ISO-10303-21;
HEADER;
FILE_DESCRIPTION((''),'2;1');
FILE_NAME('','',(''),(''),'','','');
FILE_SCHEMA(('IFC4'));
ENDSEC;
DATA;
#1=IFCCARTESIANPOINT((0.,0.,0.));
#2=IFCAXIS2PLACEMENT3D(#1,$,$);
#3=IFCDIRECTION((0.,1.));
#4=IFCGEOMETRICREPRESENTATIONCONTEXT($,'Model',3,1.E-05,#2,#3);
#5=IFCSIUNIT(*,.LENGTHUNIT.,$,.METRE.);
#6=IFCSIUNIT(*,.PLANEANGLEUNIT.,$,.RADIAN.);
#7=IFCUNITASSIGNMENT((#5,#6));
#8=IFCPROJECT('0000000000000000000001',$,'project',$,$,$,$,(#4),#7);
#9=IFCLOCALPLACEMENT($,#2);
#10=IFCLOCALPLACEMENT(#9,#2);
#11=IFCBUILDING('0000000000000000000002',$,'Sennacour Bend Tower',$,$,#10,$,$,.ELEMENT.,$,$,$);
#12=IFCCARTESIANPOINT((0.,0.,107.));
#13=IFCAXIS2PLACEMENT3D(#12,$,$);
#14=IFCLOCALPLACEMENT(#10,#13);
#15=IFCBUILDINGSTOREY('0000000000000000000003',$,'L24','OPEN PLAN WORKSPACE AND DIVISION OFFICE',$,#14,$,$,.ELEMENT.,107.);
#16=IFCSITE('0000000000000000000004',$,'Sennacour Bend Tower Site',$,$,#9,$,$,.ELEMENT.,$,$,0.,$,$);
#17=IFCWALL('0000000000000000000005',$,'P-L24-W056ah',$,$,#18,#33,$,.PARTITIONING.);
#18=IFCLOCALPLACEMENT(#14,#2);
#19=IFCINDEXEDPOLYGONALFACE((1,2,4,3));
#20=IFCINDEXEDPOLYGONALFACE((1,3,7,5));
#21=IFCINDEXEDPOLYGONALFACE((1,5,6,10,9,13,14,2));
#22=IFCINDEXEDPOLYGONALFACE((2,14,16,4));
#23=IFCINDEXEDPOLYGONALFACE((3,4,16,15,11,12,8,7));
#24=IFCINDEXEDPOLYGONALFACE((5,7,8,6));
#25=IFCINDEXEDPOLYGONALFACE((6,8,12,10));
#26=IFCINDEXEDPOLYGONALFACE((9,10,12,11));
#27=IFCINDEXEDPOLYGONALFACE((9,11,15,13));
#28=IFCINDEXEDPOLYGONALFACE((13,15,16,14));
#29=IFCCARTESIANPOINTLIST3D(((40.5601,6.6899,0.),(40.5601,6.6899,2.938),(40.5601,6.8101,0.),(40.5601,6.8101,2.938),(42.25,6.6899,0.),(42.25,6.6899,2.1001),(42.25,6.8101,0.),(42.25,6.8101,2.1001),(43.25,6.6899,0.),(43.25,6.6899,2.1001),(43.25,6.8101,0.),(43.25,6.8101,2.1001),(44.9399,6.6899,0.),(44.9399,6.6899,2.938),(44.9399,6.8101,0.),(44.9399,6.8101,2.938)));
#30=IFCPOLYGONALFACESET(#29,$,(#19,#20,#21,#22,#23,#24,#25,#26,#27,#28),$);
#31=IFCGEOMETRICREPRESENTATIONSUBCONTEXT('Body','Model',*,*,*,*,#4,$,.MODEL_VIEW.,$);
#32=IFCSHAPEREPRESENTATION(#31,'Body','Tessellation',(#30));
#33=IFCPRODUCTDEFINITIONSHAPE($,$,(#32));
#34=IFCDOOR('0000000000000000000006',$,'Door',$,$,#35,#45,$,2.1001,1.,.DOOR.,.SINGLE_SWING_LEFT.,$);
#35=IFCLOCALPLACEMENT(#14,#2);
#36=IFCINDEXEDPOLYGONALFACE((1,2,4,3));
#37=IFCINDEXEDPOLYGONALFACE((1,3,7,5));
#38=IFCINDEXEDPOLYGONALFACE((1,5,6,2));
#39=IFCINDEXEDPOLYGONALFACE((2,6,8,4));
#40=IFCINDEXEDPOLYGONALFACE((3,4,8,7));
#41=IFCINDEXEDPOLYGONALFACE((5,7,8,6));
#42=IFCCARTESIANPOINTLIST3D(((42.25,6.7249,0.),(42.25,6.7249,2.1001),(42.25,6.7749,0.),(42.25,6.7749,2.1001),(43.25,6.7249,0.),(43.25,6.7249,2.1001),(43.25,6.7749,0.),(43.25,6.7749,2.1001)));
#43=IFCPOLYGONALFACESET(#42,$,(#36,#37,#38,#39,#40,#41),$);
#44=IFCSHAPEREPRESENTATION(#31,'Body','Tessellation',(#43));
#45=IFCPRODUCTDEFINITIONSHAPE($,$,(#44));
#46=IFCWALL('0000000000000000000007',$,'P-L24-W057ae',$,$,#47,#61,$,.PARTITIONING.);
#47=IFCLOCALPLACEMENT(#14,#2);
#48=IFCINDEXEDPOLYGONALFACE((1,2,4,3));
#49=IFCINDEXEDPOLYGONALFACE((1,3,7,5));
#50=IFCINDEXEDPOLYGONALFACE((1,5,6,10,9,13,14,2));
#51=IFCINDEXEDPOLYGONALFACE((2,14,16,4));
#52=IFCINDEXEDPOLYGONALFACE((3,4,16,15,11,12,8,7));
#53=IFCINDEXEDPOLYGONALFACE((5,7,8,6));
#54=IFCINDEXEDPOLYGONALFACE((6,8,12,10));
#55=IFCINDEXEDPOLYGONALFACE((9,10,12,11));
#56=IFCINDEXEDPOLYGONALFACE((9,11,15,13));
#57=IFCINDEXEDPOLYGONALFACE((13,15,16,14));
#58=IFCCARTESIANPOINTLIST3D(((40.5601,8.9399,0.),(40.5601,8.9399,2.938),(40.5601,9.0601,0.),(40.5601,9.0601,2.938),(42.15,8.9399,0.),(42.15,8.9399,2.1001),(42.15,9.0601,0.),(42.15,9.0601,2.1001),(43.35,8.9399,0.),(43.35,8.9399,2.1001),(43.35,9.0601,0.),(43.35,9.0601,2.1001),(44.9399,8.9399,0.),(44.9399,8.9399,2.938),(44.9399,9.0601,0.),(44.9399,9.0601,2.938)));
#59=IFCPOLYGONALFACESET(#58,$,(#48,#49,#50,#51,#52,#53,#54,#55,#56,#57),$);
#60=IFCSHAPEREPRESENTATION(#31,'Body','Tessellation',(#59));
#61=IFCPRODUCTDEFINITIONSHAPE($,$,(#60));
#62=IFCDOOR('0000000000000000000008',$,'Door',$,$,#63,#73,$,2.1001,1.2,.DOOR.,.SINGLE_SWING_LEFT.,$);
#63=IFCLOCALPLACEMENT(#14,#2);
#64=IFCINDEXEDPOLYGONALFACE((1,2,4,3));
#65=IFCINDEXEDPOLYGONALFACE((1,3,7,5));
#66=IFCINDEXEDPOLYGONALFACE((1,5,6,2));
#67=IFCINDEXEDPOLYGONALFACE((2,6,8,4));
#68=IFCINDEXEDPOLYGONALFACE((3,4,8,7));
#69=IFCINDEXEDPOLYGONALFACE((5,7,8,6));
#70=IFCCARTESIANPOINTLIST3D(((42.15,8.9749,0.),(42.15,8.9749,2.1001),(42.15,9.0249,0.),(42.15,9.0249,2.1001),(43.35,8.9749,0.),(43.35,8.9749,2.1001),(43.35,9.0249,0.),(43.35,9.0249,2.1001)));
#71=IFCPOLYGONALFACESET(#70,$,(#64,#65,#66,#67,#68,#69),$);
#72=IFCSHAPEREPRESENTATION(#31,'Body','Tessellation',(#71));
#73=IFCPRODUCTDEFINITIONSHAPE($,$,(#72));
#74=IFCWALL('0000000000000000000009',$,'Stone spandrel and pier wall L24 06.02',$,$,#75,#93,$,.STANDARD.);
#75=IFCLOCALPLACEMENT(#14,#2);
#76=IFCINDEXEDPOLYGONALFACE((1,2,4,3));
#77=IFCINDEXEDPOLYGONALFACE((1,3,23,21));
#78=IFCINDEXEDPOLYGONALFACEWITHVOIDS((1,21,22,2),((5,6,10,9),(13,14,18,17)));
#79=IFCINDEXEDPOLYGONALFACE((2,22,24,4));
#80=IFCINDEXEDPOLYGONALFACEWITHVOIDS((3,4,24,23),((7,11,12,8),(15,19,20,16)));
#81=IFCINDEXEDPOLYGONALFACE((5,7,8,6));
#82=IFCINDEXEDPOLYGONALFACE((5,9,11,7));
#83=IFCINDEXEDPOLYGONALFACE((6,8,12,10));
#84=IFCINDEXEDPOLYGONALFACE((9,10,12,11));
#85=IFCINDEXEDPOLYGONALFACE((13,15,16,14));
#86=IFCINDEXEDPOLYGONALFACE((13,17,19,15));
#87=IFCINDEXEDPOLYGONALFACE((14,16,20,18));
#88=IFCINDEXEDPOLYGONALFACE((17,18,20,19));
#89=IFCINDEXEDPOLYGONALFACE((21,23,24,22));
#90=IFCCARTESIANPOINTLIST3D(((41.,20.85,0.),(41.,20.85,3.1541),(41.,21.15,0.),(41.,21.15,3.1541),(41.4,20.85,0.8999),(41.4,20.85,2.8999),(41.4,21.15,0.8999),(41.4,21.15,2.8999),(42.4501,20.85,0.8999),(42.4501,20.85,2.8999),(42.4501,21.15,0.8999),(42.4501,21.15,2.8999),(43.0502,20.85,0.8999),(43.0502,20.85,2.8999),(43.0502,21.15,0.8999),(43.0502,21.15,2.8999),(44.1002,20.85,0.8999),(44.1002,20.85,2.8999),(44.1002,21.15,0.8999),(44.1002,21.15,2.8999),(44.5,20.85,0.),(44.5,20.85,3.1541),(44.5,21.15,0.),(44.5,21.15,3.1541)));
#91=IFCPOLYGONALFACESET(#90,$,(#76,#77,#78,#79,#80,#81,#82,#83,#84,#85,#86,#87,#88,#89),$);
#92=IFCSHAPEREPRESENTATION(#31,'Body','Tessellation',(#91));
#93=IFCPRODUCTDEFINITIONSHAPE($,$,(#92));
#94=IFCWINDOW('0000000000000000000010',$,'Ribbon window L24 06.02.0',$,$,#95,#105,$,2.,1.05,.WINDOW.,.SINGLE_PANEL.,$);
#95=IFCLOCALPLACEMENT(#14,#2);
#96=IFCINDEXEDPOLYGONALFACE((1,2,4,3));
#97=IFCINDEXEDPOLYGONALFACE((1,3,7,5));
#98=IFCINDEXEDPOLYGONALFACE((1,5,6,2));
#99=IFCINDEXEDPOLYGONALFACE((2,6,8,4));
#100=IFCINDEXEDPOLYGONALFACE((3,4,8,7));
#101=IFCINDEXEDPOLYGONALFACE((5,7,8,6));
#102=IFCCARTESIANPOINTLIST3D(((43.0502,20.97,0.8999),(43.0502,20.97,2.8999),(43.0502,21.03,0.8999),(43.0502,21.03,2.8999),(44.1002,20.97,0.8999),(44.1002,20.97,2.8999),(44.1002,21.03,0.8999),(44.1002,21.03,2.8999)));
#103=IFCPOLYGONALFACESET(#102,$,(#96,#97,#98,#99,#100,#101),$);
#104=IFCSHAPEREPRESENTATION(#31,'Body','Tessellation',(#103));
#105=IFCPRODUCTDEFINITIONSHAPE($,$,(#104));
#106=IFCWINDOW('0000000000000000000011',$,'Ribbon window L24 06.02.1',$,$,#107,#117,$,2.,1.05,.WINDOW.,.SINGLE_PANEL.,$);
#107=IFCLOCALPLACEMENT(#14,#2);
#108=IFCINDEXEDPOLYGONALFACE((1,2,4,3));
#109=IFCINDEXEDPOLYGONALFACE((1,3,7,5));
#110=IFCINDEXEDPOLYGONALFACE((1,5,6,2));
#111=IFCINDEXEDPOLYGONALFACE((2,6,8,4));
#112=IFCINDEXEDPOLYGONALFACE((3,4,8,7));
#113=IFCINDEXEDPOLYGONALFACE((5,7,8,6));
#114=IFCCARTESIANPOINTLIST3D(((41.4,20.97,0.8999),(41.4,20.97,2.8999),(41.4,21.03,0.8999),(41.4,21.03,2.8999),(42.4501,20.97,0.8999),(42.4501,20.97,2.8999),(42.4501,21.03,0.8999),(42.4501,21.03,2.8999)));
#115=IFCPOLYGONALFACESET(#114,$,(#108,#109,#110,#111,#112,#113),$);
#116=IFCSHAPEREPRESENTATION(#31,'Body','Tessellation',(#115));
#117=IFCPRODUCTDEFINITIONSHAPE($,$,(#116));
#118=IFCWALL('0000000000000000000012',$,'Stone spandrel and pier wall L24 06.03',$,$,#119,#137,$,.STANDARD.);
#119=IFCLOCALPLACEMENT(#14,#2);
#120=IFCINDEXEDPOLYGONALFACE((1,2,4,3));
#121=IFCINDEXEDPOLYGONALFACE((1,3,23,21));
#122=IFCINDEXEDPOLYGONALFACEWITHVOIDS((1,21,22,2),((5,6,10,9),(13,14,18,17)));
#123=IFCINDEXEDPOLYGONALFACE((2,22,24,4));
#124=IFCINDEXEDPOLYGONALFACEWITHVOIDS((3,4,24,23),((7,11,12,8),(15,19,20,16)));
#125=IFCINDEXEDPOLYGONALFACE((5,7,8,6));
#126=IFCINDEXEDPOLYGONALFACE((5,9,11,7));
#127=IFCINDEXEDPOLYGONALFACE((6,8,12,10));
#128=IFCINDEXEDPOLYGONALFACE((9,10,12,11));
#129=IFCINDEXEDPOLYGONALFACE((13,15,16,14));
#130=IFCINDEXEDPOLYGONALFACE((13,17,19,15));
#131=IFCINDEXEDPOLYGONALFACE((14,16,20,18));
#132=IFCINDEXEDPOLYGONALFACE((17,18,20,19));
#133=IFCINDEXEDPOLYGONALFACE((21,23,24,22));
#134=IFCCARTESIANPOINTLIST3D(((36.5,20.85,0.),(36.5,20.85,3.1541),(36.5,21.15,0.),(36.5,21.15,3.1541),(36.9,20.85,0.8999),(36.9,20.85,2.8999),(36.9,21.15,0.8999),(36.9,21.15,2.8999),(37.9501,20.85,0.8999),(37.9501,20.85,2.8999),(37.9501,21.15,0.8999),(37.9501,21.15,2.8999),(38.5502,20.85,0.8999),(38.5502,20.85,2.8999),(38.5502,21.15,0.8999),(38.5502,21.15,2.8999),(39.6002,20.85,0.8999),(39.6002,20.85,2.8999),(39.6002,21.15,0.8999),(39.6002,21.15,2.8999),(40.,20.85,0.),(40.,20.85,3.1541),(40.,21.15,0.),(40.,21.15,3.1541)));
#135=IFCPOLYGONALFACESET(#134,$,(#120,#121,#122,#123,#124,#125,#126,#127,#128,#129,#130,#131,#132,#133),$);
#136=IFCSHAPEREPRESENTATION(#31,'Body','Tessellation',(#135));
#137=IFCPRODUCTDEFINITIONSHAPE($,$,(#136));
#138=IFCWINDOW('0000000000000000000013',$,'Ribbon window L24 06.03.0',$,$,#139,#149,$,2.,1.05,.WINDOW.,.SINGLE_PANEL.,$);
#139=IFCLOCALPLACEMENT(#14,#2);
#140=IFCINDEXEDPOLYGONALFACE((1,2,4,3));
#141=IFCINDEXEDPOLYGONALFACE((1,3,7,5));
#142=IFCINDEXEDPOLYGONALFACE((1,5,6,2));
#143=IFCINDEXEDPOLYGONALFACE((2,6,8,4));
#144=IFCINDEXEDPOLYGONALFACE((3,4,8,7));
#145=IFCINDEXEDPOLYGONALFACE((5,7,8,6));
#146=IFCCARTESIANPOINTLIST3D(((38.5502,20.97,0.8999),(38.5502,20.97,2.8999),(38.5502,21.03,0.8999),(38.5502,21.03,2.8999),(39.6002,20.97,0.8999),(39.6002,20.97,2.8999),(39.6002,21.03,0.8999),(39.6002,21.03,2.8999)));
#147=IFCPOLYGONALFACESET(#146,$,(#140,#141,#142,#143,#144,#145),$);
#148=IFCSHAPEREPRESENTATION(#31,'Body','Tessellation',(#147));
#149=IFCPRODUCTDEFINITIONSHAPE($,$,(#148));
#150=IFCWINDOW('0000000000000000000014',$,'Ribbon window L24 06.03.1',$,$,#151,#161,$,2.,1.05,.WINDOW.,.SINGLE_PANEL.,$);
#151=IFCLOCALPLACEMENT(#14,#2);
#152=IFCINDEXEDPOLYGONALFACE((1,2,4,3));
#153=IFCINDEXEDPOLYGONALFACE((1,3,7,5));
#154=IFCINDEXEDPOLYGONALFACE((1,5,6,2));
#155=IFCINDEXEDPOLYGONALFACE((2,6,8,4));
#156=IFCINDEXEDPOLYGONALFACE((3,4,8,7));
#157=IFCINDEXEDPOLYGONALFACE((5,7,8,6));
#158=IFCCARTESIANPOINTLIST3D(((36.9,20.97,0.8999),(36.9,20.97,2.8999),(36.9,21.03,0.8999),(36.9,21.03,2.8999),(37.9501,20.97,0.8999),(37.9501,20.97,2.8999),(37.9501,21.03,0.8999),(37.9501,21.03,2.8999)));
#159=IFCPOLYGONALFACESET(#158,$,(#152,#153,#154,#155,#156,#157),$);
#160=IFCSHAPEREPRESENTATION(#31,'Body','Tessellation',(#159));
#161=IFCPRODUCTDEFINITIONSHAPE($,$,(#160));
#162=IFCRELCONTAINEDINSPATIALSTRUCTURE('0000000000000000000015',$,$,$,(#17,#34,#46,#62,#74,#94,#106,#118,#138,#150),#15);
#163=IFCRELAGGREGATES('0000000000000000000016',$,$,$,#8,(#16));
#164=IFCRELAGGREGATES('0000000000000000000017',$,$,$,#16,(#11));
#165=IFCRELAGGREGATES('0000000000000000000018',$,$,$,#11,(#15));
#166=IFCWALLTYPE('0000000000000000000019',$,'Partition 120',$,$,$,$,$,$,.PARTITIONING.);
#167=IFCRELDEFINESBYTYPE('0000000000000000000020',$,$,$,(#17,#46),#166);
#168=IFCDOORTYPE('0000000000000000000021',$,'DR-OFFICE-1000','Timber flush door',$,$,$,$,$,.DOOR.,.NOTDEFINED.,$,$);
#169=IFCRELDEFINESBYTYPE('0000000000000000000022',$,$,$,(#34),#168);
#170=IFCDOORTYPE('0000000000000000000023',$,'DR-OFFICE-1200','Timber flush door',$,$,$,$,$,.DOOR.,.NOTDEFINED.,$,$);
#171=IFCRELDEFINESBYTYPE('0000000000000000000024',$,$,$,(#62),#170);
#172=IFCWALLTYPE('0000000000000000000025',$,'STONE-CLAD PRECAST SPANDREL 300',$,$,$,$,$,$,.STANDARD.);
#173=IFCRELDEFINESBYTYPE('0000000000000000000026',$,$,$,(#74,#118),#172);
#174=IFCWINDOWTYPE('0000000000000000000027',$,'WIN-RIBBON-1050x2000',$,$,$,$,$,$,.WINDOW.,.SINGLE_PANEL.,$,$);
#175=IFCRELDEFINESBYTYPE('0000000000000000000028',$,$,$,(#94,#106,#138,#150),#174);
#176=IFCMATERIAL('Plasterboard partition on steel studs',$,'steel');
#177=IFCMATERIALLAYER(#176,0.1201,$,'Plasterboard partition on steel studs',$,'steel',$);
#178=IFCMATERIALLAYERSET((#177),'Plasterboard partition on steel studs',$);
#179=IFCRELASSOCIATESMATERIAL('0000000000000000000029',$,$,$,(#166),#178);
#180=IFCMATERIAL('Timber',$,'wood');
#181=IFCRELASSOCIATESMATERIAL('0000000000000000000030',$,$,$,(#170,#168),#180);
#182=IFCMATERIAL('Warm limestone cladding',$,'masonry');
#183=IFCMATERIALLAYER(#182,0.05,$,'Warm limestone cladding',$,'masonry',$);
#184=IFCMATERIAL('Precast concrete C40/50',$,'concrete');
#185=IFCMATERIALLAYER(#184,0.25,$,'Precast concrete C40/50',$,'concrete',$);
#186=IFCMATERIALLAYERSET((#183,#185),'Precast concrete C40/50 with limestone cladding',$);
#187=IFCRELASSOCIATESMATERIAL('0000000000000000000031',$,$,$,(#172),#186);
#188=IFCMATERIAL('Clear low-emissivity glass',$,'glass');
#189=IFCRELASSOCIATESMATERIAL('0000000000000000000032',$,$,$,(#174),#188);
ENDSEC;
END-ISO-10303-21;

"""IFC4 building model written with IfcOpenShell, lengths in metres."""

from ifc_helpers import new_model, si_unit, direction, frame, frame_2d, origin, place, context, subcontext, project, spatial, rectangle, extrude, material, layer, layer_set, type_object, element, fill, save


model = new_model("IFC4")

# Units and contexts
model_context = context("Model", 3, precision=1e-05, world=origin(), true_north=direction((0.0, 1.0)))
body_context = subcontext(model_context, "Body", "Model", "MODEL_VIEW")
ifc_project = project(units=[si_unit("LENGTHUNIT", "METRE"), si_unit("PLANEANGLEUNIT", "RADIAN")], contexts=[model_context])

# Site, building, storey
site_placement = place(None, origin())
site = spatial("IfcSite", under=ifc_project, at=site_placement, Name="Sennacour Bend Tower Site", CompositionType="ELEMENT", RefElevation=0.0)
building_placement = place(site_placement, origin())
building = spatial("IfcBuilding", under=site, at=building_placement, Name="Sennacour Bend Tower", CompositionType="ELEMENT")
storey_placement = place(building_placement, frame((0.0, 0.0, 107.0)))
storey = spatial("IfcBuildingStorey", under=building, at=storey_placement, Name="L24", Description="OPEN PLAN WORKSPACE AND DIVISION OFFICE", CompositionType="ELEMENT", Elevation=107.0)

# Shared definitions
ifc_material_1 = material(Name="Plasterboard partition on steel studs", Category="steel")
ifc_layer_1 = layer(ifc_material_1, 0.1201, Name="Plasterboard partition on steel studs", Category="steel")
ifc_layer_set_1 = layer_set([ifc_layer_1], Name="Plasterboard partition on steel studs")
wall_type_1 = type_object("IfcWallType", Name="Partition 120", PredefinedType="PARTITIONING", material=ifc_layer_set_1)

# Walls, openings, doors
ifc_material_2 = material(Name="Timber", Category="wood")
door_type_1 = type_object("IfcDoorType", Name="DR-OFFICE-1200", Description="Timber flush door", OperationType="NOTDEFINED", PredefinedType="DOOR", material=ifc_material_2)
wall_1_placement = place(storey_placement, frame((40.5601, 6.75, 0.0), z_axis=(0.0, 0.0, 1.0), x_axis=(1.0, 0.0, 0.0)))
wall_1 = element("IfcWall", 1, at=wall_1_placement, inside=storey, type_object=wall_type_1, Name="P-L24-W056ah", PredefinedType="PARTITIONING", context=body_context, shape_type="SweptSolid", body=[
    extrude(rectangle(XDim=4.3799, YDim=0.1201, at=frame_2d((2.1899, 0.0))), origin(), (0.0, 0.0, 1.0), 2.938),
])
opening_1_placement = place(wall_1_placement, frame((1.6899, 0.0, 0.0)))
opening_1 = element("IfcOpeningElement", 2, at=opening_1_placement, cuts=wall_1, PredefinedType="OPENING", context=body_context, shape_type="SweptSolid", body=[
    extrude(rectangle(XDim=1.0, YDim=2.1001, at=frame_2d((0.5, 1.05))), frame((0.0, 0.0701, 0.0), z_axis=(0.0, -1.0, 0.0), x_axis=(1.0, 0.0, 0.0)), (0.0, 0.0, 1.0), 0.1401),
])
door_type_2 = type_object("IfcDoorType", Name="DR-OFFICE-1000", Description="Timber flush door", OperationType="NOTDEFINED", PredefinedType="DOOR", material=ifc_material_2)
door_1_placement = place(opening_1_placement, origin())
door_1 = element("IfcDoor", 3, at=door_1_placement, inside=storey, type_object=door_type_2, Name="Door", OperationType="SINGLE_SWING_LEFT", OverallHeight=2.1001, OverallWidth=1.0, PredefinedType="DOOR", context=body_context, shape_type="SweptSolid", body=[
    extrude(rectangle(XDim=1.0, YDim=2.1001, at=frame_2d((0.5, 1.05))), frame((0.0, 0.0249, 0.0), z_axis=(0.0, -1.0, 0.0), x_axis=(1.0, 0.0, 0.0)), (0.0, 0.0, 1.0), 0.05),
])
fill(opening_1, door_1)
wall_2_placement = place(storey_placement, frame((40.5601, 9.0, 0.0), z_axis=(0.0, 0.0, 1.0), x_axis=(1.0, 0.0, 0.0)))
wall_2 = element("IfcWall", 4, at=wall_2_placement, inside=storey, type_object=wall_type_1, Name="P-L24-W057ae", PredefinedType="PARTITIONING", context=body_context, shape_type="SweptSolid", body=[
    extrude(rectangle(XDim=4.3799, YDim=0.1201, at=frame_2d((2.1899, 0.0))), origin(), (0.0, 0.0, 1.0), 2.938),
])
opening_2_placement = place(wall_2_placement, frame((1.5898, 0.0, 0.0)))
opening_2 = element("IfcOpeningElement", 5, at=opening_2_placement, cuts=wall_2, PredefinedType="OPENING", context=body_context, shape_type="SweptSolid", body=[
    extrude(rectangle(XDim=1.2, YDim=2.1001, at=frame_2d((0.6001, 1.05))), frame((0.0, 0.0701, 0.0), z_axis=(0.0, -1.0, 0.0), x_axis=(1.0, 0.0, 0.0)), (0.0, 0.0, 1.0), 0.1401),
])
door_2_placement = place(opening_2_placement, origin())
door_2 = element("IfcDoor", 6, at=door_2_placement, inside=storey, type_object=door_type_1, Name="Door", OperationType="SINGLE_SWING_LEFT", OverallHeight=2.1001, OverallWidth=1.2, PredefinedType="DOOR", context=body_context, shape_type="SweptSolid", body=[
    extrude(rectangle(XDim=1.2, YDim=2.1001, at=frame_2d((0.6001, 1.05))), frame((0.0, 0.0249, 0.0), z_axis=(0.0, -1.0, 0.0), x_axis=(1.0, 0.0, 0.0)), (0.0, 0.0, 1.0), 0.05),
])
fill(opening_2, door_2)

# Walls, openings, windows
ifc_material_3 = material(Name="Warm limestone cladding", Category="masonry")
ifc_layer_2 = layer(ifc_material_3, 0.05, Name="Warm limestone cladding", Category="masonry")
ifc_material_4 = material(Name="Precast concrete C40/50", Category="concrete")
ifc_layer_3 = layer(ifc_material_4, 0.25, Name="Precast concrete C40/50", Category="concrete")
ifc_layer_set_2 = layer_set([ifc_layer_2, ifc_layer_3], Name="Precast concrete C40/50 with limestone cladding")
wall_type_2 = type_object("IfcWallType", Name="STONE-CLAD PRECAST SPANDREL 300", PredefinedType="STANDARD", material=ifc_layer_set_2)
wall_3_placement = place(storey_placement, frame((44.5, 21.0, 0.0), z_axis=(0.0, 0.0, 1.0), x_axis=(-1.0, 0.0, 0.0)))
wall_3 = element("IfcWall", 7, at=wall_3_placement, inside=storey, type_object=wall_type_2, Name="Stone spandrel and pier wall L24 06.02", PredefinedType="STANDARD", context=body_context, shape_type="SweptSolid", body=[
    extrude(rectangle(XDim=3.5, YDim=0.3, at=frame_2d((1.75, 0.0))), origin(), (0.0, 0.0, 1.0), 3.1541),
])
opening_3_placement = place(wall_3_placement, frame((0.3999, 0.0, 0.8999)))
opening_3 = element("IfcOpeningElement", 8, at=opening_3_placement, cuts=wall_3, PredefinedType="OPENING", context=body_context, shape_type="SweptSolid", body=[
    extrude(rectangle(XDim=1.05, YDim=2.0, at=frame_2d((0.5249, 1.0))), frame((0.0, 0.1602, 0.0), z_axis=(0.0, -1.0, 0.0), x_axis=(1.0, 0.0, 0.0)), (0.0, 0.0, 1.0), 0.3201),
])
opening_4_placement = place(wall_3_placement, frame((2.05, 0.0, 0.8999)))
opening_4 = element("IfcOpeningElement", 9, at=opening_4_placement, cuts=wall_3, PredefinedType="OPENING", context=body_context, shape_type="SweptSolid", body=[
    extrude(rectangle(XDim=1.05, YDim=2.0, at=frame_2d((0.5249, 1.0))), frame((0.0, 0.1602, 0.0), z_axis=(0.0, -1.0, 0.0), x_axis=(1.0, 0.0, 0.0)), (0.0, 0.0, 1.0), 0.3201),
])
ifc_material_5 = material(Name="Clear low-emissivity glass", Category="glass")
window_type = type_object("IfcWindowType", Name="WIN-RIBBON-1050x2000", PartitioningType="SINGLE_PANEL", PredefinedType="WINDOW", material=ifc_material_5)
window_1_placement = place(opening_3_placement, origin())
window_1 = element("IfcWindow", 10, at=window_1_placement, inside=storey, type_object=window_type, Name="Ribbon window L24 06.02.0", OverallHeight=2.0, OverallWidth=1.05, PartitioningType="SINGLE_PANEL", PredefinedType="WINDOW", context=body_context, shape_type="SweptSolid", body=[
    extrude(rectangle(XDim=1.05, YDim=2.0, at=frame_2d((0.5249, 1.0))), frame((0.0, 0.03, 0.0), z_axis=(0.0, -1.0, 0.0), x_axis=(1.0, 0.0, 0.0)), (0.0, 0.0, 1.0), 0.0601),
])
fill(opening_3, window_1)
window_2_placement = place(opening_4_placement, origin())
window_2 = element("IfcWindow", 11, at=window_2_placement, inside=storey, type_object=window_type, Name="Ribbon window L24 06.02.1", OverallHeight=2.0, OverallWidth=1.05, PartitioningType="SINGLE_PANEL", PredefinedType="WINDOW", context=body_context, shape_type="SweptSolid", body=[
    extrude(rectangle(XDim=1.05, YDim=2.0, at=frame_2d((0.5249, 1.0))), frame((0.0, 0.03, 0.0), z_axis=(0.0, -1.0, 0.0), x_axis=(1.0, 0.0, 0.0)), (0.0, 0.0, 1.0), 0.0601),
])
fill(opening_4, window_2)
wall_4_placement = place(storey_placement, frame((40.0, 21.0, 0.0), z_axis=(0.0, 0.0, 1.0), x_axis=(-1.0, 0.0, 0.0)))
wall_4 = element("IfcWall", 12, at=wall_4_placement, inside=storey, type_object=wall_type_2, Name="Stone spandrel and pier wall L24 06.03", PredefinedType="STANDARD", context=body_context, shape_type="SweptSolid", body=[
    extrude(rectangle(XDim=3.5, YDim=0.3, at=frame_2d((1.75, 0.0))), origin(), (0.0, 0.0, 1.0), 3.1541),
])
opening_5_placement = place(wall_4_placement, frame((0.3999, 0.0, 0.8999)))
opening_5 = element("IfcOpeningElement", 13, at=opening_5_placement, cuts=wall_4, PredefinedType="OPENING", context=body_context, shape_type="SweptSolid", body=[
    extrude(rectangle(XDim=1.05, YDim=2.0, at=frame_2d((0.5249, 1.0))), frame((0.0, 0.1602, 0.0), z_axis=(0.0, -1.0, 0.0), x_axis=(1.0, 0.0, 0.0)), (0.0, 0.0, 1.0), 0.3201),
])
opening_6_placement = place(wall_4_placement, frame((2.05, 0.0, 0.8999)))
opening_6 = element("IfcOpeningElement", 14, at=opening_6_placement, cuts=wall_4, PredefinedType="OPENING", context=body_context, shape_type="SweptSolid", body=[
    extrude(rectangle(XDim=1.05, YDim=2.0, at=frame_2d((0.5249, 1.0))), frame((0.0, 0.1602, 0.0), z_axis=(0.0, -1.0, 0.0), x_axis=(1.0, 0.0, 0.0)), (0.0, 0.0, 1.0), 0.3201),
])
window_3_placement = place(opening_5_placement, origin())
window_3 = element("IfcWindow", 15, at=window_3_placement, inside=storey, type_object=window_type, Name="Ribbon window L24 06.03.0", OverallHeight=2.0, OverallWidth=1.05, PartitioningType="SINGLE_PANEL", PredefinedType="WINDOW", context=body_context, shape_type="SweptSolid", body=[
    extrude(rectangle(XDim=1.05, YDim=2.0, at=frame_2d((0.5249, 1.0))), frame((0.0, 0.03, 0.0), z_axis=(0.0, -1.0, 0.0), x_axis=(1.0, 0.0, 0.0)), (0.0, 0.0, 1.0), 0.0601),
])
fill(opening_5, window_3)
window_4_placement = place(opening_6_placement, origin())
window_4 = element("IfcWindow", 16, at=window_4_placement, inside=storey, type_object=window_type, Name="Ribbon window L24 06.03.1", OverallHeight=2.0, OverallWidth=1.05, PartitioningType="SINGLE_PANEL", PredefinedType="WINDOW", context=body_context, shape_type="SweptSolid", body=[
    extrude(rectangle(XDim=1.05, YDim=2.0, at=frame_2d((0.5249, 1.0))), frame((0.0, 0.03, 0.0), z_axis=(0.0, -1.0, 0.0), x_axis=(1.0, 0.0, 0.0)), (0.0, 0.0, 1.0), 0.0601),
])
fill(opening_6, window_4)

save(model, "model.ifc")
